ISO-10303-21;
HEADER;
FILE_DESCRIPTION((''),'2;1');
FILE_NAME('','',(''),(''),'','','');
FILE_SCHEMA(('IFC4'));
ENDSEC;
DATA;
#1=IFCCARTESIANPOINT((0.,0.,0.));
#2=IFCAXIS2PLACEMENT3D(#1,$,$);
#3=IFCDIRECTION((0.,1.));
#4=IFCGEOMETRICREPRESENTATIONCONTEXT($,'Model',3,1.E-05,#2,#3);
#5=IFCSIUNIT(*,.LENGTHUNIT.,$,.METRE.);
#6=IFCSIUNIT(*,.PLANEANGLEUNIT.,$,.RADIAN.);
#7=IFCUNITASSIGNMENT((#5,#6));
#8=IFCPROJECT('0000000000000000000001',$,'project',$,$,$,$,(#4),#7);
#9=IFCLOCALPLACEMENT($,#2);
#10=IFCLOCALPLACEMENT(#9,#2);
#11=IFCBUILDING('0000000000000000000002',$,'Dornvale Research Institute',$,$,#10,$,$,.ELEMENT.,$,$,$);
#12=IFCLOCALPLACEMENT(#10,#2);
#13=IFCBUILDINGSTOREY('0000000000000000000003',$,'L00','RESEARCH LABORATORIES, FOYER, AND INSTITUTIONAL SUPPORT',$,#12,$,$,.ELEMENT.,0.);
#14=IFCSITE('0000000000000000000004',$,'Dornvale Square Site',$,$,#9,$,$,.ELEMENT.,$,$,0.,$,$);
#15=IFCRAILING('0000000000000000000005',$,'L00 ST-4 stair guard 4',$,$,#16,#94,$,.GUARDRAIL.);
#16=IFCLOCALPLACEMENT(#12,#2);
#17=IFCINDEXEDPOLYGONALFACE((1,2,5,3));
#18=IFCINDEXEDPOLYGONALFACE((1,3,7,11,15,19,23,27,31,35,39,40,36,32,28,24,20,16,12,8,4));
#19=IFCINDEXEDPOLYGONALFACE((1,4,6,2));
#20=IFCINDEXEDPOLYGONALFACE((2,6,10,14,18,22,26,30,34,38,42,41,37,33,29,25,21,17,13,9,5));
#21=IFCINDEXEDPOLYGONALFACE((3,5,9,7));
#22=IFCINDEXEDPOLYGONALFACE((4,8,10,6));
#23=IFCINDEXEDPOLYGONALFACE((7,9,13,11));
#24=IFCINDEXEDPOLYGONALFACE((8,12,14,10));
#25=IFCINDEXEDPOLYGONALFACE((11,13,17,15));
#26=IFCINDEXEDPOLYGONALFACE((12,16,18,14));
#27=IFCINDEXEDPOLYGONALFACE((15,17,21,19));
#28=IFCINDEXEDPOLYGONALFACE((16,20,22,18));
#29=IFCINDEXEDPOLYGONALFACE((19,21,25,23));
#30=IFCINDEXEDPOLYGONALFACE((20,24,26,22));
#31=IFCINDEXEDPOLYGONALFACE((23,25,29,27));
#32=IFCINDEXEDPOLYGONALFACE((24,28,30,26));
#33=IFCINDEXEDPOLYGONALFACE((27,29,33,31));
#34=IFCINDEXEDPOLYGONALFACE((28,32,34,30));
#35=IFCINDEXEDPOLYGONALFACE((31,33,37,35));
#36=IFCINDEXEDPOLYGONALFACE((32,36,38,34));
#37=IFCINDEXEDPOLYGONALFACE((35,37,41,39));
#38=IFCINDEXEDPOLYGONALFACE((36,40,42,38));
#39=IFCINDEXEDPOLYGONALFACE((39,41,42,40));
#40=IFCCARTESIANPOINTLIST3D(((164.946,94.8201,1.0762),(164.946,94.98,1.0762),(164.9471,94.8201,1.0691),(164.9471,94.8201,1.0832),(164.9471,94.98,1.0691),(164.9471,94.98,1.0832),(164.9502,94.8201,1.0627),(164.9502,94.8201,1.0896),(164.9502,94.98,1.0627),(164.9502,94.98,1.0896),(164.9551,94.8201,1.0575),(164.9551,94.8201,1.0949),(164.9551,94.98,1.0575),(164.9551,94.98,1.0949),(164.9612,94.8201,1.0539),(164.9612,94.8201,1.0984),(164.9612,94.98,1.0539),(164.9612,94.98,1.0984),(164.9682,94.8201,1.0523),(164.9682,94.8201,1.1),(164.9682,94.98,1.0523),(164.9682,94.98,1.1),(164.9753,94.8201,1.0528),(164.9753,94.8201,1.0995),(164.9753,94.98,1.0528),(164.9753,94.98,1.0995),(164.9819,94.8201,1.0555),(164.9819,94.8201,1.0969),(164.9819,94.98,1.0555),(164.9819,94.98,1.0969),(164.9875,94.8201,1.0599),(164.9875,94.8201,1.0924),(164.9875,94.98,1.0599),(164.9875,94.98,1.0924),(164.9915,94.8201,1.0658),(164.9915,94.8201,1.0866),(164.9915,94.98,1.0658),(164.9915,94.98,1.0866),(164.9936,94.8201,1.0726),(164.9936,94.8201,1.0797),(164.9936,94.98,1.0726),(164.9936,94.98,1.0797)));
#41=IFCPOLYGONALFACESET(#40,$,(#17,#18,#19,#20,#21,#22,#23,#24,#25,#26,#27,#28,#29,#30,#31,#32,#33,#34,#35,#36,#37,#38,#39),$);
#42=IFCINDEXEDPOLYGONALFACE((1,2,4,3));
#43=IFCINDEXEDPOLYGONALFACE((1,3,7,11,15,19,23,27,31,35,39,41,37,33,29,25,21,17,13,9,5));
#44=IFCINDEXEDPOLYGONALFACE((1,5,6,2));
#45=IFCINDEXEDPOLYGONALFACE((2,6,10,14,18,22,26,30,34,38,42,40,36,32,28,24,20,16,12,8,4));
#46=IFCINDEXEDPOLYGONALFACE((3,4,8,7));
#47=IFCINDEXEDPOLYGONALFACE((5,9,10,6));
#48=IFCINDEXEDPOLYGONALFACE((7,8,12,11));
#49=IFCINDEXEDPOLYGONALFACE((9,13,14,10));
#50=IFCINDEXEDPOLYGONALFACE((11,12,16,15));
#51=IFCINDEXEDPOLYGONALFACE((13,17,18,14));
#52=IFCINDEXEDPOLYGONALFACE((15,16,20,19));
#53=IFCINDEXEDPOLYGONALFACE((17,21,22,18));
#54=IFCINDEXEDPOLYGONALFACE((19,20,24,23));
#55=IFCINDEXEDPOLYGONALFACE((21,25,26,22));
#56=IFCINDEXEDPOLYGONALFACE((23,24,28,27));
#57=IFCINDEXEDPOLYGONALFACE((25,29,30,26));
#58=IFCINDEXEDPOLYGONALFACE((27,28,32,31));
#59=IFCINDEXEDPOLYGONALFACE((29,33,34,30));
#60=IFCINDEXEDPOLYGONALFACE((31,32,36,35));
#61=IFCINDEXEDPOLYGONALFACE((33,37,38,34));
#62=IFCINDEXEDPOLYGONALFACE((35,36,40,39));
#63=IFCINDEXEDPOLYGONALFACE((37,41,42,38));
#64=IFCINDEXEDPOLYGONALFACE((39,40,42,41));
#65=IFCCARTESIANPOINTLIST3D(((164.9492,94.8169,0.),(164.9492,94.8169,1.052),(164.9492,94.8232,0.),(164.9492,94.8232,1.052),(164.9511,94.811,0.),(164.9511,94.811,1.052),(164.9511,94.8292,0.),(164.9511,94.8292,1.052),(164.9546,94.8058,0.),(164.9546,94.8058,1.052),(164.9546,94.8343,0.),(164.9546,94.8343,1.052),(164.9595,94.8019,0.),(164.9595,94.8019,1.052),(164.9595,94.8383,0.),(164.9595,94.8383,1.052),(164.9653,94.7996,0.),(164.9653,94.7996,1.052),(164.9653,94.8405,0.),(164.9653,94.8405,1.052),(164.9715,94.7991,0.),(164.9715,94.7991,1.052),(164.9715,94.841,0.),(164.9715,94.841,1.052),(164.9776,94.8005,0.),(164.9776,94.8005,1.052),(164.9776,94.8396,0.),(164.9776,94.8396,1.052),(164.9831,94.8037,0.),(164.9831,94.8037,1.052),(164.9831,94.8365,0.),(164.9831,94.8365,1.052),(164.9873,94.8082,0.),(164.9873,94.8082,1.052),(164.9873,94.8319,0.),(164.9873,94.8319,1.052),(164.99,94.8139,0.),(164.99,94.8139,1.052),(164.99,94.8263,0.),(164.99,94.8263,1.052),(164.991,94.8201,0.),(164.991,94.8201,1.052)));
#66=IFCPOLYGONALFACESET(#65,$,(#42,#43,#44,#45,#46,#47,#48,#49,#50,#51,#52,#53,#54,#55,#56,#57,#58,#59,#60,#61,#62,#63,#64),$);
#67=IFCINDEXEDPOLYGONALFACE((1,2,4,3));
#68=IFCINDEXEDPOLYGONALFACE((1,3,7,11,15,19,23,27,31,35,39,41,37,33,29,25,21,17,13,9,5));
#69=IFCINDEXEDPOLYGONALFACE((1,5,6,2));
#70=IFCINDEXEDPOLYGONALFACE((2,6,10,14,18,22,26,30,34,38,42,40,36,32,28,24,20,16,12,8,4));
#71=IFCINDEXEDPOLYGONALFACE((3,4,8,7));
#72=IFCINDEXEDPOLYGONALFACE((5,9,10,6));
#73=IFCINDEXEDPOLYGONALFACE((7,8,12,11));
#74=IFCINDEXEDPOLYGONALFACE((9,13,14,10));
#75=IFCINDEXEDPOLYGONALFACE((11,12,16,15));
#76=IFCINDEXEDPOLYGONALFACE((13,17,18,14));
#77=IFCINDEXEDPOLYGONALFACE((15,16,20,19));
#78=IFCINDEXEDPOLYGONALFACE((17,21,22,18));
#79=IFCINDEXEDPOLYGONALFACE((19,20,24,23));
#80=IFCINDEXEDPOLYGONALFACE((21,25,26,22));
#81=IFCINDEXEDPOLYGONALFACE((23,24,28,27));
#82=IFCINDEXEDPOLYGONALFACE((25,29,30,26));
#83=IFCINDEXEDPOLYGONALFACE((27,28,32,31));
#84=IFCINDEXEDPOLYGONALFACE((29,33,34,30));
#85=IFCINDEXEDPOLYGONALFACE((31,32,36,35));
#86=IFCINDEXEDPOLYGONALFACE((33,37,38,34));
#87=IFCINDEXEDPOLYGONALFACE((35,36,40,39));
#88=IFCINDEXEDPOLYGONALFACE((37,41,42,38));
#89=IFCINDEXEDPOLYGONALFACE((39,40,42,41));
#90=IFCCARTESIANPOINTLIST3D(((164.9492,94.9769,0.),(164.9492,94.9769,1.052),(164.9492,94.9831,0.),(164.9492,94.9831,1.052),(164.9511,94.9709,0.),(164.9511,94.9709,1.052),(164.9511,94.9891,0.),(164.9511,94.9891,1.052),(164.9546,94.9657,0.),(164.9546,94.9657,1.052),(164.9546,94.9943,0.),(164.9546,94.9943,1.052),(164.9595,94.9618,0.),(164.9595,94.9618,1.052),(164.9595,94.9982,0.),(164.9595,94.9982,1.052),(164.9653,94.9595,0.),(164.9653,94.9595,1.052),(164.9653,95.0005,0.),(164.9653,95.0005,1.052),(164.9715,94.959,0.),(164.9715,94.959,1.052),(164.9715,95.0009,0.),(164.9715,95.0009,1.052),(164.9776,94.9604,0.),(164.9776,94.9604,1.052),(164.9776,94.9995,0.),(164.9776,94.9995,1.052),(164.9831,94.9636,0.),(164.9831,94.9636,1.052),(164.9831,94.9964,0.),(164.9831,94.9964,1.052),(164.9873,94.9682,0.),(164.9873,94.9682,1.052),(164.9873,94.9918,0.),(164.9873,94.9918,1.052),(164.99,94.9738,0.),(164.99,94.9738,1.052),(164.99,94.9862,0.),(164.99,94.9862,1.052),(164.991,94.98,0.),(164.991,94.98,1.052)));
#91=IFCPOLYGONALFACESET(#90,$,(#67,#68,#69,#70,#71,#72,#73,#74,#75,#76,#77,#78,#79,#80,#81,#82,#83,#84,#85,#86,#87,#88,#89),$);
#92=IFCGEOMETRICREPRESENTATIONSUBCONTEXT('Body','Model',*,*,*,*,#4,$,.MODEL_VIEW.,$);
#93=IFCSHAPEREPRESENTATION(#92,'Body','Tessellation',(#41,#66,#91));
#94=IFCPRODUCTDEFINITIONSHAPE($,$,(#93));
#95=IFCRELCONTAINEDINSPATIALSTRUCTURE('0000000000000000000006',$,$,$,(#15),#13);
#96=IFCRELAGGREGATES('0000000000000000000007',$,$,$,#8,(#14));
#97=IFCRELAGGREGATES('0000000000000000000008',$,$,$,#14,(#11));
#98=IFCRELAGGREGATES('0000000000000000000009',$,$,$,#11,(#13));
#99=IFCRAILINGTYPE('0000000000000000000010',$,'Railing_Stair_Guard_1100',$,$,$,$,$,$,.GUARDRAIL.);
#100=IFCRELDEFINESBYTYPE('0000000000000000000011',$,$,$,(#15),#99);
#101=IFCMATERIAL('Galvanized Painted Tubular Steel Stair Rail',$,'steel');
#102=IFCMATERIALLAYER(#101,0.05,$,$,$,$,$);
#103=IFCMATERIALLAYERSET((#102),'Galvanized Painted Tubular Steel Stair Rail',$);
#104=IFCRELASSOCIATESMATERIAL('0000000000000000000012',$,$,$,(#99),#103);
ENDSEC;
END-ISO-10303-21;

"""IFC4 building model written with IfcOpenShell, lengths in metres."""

from ifc_helpers import new_model, si_unit, direction, frame, origin, origin_2d, place, context, subcontext, project, spatial, circle, extrude, material, layer, layer_set, type_object, element, save


model = new_model("IFC4")

# Units and contexts
model_context = context("Model", 3, precision=1e-05, world=origin(), true_north=direction((0.0, 1.0)))
body_context = subcontext(model_context, "Body", "Model", "MODEL_VIEW")
ifc_project = project(units=[si_unit("LENGTHUNIT", "METRE"), si_unit("PLANEANGLEUNIT", "RADIAN")], contexts=[model_context])

# Site, building, storey
site_placement = place(None, origin())
site = spatial("IfcSite", under=ifc_project, at=site_placement, Name="Dornvale Square Site", CompositionType="ELEMENT", RefElevation=0.0)
building_placement = place(site_placement, origin())
building = spatial("IfcBuilding", under=site, at=building_placement, Name="Dornvale Research Institute", CompositionType="ELEMENT")
storey_placement = place(building_placement, origin())
storey = spatial("IfcBuildingStorey", under=building, at=storey_placement, Name="L00", Description="RESEARCH LABORATORIES, FOYER, AND INSTITUTIONAL SUPPORT", CompositionType="ELEMENT", Elevation=0.0)

# Railing
ifc_material_1 = material(Name="Galvanized Painted Tubular Steel Stair Rail", Category="steel")
ifc_layer_1 = layer(ifc_material_1, 0.05)
ifc_layer_set_1 = layer_set([ifc_layer_1], Name="Galvanized Painted Tubular Steel Stair Rail")
railing_type_1 = type_object("IfcRailingType", Name="Railing_Stair_Guard_1100", PredefinedType="GUARDRAIL", material=ifc_layer_set_1)
railing_1_placement = place(storey_placement, frame((164.97, 94.8201, 0.0)))
element("IfcRailing", 1, at=railing_1_placement, inside=storey, type_object=railing_type_1, Name="L00 ST-4 stair guard 4", PredefinedType="GUARDRAIL", context=body_context, shape_type="SweptSolid", body=[
    extrude(circle(Radius=0.0239, at=origin_2d()), frame((0.0, 0.0, 1.0762), z_axis=(0.0, 1.0, 0.0), x_axis=(-1.0, 0.0, 0.0)), (0.0, 0.0, 1.0), 0.1599),
    extrude(circle(Radius=0.021, at=origin_2d()), origin(), (0.0, 0.0, 1.0), 1.052),
    extrude(circle(Radius=0.021, at=origin_2d()), frame((0.0, 0.1599, 0.0)), (0.0, 0.0, 1.0), 1.052),
])

save(model, "model.ifc")
